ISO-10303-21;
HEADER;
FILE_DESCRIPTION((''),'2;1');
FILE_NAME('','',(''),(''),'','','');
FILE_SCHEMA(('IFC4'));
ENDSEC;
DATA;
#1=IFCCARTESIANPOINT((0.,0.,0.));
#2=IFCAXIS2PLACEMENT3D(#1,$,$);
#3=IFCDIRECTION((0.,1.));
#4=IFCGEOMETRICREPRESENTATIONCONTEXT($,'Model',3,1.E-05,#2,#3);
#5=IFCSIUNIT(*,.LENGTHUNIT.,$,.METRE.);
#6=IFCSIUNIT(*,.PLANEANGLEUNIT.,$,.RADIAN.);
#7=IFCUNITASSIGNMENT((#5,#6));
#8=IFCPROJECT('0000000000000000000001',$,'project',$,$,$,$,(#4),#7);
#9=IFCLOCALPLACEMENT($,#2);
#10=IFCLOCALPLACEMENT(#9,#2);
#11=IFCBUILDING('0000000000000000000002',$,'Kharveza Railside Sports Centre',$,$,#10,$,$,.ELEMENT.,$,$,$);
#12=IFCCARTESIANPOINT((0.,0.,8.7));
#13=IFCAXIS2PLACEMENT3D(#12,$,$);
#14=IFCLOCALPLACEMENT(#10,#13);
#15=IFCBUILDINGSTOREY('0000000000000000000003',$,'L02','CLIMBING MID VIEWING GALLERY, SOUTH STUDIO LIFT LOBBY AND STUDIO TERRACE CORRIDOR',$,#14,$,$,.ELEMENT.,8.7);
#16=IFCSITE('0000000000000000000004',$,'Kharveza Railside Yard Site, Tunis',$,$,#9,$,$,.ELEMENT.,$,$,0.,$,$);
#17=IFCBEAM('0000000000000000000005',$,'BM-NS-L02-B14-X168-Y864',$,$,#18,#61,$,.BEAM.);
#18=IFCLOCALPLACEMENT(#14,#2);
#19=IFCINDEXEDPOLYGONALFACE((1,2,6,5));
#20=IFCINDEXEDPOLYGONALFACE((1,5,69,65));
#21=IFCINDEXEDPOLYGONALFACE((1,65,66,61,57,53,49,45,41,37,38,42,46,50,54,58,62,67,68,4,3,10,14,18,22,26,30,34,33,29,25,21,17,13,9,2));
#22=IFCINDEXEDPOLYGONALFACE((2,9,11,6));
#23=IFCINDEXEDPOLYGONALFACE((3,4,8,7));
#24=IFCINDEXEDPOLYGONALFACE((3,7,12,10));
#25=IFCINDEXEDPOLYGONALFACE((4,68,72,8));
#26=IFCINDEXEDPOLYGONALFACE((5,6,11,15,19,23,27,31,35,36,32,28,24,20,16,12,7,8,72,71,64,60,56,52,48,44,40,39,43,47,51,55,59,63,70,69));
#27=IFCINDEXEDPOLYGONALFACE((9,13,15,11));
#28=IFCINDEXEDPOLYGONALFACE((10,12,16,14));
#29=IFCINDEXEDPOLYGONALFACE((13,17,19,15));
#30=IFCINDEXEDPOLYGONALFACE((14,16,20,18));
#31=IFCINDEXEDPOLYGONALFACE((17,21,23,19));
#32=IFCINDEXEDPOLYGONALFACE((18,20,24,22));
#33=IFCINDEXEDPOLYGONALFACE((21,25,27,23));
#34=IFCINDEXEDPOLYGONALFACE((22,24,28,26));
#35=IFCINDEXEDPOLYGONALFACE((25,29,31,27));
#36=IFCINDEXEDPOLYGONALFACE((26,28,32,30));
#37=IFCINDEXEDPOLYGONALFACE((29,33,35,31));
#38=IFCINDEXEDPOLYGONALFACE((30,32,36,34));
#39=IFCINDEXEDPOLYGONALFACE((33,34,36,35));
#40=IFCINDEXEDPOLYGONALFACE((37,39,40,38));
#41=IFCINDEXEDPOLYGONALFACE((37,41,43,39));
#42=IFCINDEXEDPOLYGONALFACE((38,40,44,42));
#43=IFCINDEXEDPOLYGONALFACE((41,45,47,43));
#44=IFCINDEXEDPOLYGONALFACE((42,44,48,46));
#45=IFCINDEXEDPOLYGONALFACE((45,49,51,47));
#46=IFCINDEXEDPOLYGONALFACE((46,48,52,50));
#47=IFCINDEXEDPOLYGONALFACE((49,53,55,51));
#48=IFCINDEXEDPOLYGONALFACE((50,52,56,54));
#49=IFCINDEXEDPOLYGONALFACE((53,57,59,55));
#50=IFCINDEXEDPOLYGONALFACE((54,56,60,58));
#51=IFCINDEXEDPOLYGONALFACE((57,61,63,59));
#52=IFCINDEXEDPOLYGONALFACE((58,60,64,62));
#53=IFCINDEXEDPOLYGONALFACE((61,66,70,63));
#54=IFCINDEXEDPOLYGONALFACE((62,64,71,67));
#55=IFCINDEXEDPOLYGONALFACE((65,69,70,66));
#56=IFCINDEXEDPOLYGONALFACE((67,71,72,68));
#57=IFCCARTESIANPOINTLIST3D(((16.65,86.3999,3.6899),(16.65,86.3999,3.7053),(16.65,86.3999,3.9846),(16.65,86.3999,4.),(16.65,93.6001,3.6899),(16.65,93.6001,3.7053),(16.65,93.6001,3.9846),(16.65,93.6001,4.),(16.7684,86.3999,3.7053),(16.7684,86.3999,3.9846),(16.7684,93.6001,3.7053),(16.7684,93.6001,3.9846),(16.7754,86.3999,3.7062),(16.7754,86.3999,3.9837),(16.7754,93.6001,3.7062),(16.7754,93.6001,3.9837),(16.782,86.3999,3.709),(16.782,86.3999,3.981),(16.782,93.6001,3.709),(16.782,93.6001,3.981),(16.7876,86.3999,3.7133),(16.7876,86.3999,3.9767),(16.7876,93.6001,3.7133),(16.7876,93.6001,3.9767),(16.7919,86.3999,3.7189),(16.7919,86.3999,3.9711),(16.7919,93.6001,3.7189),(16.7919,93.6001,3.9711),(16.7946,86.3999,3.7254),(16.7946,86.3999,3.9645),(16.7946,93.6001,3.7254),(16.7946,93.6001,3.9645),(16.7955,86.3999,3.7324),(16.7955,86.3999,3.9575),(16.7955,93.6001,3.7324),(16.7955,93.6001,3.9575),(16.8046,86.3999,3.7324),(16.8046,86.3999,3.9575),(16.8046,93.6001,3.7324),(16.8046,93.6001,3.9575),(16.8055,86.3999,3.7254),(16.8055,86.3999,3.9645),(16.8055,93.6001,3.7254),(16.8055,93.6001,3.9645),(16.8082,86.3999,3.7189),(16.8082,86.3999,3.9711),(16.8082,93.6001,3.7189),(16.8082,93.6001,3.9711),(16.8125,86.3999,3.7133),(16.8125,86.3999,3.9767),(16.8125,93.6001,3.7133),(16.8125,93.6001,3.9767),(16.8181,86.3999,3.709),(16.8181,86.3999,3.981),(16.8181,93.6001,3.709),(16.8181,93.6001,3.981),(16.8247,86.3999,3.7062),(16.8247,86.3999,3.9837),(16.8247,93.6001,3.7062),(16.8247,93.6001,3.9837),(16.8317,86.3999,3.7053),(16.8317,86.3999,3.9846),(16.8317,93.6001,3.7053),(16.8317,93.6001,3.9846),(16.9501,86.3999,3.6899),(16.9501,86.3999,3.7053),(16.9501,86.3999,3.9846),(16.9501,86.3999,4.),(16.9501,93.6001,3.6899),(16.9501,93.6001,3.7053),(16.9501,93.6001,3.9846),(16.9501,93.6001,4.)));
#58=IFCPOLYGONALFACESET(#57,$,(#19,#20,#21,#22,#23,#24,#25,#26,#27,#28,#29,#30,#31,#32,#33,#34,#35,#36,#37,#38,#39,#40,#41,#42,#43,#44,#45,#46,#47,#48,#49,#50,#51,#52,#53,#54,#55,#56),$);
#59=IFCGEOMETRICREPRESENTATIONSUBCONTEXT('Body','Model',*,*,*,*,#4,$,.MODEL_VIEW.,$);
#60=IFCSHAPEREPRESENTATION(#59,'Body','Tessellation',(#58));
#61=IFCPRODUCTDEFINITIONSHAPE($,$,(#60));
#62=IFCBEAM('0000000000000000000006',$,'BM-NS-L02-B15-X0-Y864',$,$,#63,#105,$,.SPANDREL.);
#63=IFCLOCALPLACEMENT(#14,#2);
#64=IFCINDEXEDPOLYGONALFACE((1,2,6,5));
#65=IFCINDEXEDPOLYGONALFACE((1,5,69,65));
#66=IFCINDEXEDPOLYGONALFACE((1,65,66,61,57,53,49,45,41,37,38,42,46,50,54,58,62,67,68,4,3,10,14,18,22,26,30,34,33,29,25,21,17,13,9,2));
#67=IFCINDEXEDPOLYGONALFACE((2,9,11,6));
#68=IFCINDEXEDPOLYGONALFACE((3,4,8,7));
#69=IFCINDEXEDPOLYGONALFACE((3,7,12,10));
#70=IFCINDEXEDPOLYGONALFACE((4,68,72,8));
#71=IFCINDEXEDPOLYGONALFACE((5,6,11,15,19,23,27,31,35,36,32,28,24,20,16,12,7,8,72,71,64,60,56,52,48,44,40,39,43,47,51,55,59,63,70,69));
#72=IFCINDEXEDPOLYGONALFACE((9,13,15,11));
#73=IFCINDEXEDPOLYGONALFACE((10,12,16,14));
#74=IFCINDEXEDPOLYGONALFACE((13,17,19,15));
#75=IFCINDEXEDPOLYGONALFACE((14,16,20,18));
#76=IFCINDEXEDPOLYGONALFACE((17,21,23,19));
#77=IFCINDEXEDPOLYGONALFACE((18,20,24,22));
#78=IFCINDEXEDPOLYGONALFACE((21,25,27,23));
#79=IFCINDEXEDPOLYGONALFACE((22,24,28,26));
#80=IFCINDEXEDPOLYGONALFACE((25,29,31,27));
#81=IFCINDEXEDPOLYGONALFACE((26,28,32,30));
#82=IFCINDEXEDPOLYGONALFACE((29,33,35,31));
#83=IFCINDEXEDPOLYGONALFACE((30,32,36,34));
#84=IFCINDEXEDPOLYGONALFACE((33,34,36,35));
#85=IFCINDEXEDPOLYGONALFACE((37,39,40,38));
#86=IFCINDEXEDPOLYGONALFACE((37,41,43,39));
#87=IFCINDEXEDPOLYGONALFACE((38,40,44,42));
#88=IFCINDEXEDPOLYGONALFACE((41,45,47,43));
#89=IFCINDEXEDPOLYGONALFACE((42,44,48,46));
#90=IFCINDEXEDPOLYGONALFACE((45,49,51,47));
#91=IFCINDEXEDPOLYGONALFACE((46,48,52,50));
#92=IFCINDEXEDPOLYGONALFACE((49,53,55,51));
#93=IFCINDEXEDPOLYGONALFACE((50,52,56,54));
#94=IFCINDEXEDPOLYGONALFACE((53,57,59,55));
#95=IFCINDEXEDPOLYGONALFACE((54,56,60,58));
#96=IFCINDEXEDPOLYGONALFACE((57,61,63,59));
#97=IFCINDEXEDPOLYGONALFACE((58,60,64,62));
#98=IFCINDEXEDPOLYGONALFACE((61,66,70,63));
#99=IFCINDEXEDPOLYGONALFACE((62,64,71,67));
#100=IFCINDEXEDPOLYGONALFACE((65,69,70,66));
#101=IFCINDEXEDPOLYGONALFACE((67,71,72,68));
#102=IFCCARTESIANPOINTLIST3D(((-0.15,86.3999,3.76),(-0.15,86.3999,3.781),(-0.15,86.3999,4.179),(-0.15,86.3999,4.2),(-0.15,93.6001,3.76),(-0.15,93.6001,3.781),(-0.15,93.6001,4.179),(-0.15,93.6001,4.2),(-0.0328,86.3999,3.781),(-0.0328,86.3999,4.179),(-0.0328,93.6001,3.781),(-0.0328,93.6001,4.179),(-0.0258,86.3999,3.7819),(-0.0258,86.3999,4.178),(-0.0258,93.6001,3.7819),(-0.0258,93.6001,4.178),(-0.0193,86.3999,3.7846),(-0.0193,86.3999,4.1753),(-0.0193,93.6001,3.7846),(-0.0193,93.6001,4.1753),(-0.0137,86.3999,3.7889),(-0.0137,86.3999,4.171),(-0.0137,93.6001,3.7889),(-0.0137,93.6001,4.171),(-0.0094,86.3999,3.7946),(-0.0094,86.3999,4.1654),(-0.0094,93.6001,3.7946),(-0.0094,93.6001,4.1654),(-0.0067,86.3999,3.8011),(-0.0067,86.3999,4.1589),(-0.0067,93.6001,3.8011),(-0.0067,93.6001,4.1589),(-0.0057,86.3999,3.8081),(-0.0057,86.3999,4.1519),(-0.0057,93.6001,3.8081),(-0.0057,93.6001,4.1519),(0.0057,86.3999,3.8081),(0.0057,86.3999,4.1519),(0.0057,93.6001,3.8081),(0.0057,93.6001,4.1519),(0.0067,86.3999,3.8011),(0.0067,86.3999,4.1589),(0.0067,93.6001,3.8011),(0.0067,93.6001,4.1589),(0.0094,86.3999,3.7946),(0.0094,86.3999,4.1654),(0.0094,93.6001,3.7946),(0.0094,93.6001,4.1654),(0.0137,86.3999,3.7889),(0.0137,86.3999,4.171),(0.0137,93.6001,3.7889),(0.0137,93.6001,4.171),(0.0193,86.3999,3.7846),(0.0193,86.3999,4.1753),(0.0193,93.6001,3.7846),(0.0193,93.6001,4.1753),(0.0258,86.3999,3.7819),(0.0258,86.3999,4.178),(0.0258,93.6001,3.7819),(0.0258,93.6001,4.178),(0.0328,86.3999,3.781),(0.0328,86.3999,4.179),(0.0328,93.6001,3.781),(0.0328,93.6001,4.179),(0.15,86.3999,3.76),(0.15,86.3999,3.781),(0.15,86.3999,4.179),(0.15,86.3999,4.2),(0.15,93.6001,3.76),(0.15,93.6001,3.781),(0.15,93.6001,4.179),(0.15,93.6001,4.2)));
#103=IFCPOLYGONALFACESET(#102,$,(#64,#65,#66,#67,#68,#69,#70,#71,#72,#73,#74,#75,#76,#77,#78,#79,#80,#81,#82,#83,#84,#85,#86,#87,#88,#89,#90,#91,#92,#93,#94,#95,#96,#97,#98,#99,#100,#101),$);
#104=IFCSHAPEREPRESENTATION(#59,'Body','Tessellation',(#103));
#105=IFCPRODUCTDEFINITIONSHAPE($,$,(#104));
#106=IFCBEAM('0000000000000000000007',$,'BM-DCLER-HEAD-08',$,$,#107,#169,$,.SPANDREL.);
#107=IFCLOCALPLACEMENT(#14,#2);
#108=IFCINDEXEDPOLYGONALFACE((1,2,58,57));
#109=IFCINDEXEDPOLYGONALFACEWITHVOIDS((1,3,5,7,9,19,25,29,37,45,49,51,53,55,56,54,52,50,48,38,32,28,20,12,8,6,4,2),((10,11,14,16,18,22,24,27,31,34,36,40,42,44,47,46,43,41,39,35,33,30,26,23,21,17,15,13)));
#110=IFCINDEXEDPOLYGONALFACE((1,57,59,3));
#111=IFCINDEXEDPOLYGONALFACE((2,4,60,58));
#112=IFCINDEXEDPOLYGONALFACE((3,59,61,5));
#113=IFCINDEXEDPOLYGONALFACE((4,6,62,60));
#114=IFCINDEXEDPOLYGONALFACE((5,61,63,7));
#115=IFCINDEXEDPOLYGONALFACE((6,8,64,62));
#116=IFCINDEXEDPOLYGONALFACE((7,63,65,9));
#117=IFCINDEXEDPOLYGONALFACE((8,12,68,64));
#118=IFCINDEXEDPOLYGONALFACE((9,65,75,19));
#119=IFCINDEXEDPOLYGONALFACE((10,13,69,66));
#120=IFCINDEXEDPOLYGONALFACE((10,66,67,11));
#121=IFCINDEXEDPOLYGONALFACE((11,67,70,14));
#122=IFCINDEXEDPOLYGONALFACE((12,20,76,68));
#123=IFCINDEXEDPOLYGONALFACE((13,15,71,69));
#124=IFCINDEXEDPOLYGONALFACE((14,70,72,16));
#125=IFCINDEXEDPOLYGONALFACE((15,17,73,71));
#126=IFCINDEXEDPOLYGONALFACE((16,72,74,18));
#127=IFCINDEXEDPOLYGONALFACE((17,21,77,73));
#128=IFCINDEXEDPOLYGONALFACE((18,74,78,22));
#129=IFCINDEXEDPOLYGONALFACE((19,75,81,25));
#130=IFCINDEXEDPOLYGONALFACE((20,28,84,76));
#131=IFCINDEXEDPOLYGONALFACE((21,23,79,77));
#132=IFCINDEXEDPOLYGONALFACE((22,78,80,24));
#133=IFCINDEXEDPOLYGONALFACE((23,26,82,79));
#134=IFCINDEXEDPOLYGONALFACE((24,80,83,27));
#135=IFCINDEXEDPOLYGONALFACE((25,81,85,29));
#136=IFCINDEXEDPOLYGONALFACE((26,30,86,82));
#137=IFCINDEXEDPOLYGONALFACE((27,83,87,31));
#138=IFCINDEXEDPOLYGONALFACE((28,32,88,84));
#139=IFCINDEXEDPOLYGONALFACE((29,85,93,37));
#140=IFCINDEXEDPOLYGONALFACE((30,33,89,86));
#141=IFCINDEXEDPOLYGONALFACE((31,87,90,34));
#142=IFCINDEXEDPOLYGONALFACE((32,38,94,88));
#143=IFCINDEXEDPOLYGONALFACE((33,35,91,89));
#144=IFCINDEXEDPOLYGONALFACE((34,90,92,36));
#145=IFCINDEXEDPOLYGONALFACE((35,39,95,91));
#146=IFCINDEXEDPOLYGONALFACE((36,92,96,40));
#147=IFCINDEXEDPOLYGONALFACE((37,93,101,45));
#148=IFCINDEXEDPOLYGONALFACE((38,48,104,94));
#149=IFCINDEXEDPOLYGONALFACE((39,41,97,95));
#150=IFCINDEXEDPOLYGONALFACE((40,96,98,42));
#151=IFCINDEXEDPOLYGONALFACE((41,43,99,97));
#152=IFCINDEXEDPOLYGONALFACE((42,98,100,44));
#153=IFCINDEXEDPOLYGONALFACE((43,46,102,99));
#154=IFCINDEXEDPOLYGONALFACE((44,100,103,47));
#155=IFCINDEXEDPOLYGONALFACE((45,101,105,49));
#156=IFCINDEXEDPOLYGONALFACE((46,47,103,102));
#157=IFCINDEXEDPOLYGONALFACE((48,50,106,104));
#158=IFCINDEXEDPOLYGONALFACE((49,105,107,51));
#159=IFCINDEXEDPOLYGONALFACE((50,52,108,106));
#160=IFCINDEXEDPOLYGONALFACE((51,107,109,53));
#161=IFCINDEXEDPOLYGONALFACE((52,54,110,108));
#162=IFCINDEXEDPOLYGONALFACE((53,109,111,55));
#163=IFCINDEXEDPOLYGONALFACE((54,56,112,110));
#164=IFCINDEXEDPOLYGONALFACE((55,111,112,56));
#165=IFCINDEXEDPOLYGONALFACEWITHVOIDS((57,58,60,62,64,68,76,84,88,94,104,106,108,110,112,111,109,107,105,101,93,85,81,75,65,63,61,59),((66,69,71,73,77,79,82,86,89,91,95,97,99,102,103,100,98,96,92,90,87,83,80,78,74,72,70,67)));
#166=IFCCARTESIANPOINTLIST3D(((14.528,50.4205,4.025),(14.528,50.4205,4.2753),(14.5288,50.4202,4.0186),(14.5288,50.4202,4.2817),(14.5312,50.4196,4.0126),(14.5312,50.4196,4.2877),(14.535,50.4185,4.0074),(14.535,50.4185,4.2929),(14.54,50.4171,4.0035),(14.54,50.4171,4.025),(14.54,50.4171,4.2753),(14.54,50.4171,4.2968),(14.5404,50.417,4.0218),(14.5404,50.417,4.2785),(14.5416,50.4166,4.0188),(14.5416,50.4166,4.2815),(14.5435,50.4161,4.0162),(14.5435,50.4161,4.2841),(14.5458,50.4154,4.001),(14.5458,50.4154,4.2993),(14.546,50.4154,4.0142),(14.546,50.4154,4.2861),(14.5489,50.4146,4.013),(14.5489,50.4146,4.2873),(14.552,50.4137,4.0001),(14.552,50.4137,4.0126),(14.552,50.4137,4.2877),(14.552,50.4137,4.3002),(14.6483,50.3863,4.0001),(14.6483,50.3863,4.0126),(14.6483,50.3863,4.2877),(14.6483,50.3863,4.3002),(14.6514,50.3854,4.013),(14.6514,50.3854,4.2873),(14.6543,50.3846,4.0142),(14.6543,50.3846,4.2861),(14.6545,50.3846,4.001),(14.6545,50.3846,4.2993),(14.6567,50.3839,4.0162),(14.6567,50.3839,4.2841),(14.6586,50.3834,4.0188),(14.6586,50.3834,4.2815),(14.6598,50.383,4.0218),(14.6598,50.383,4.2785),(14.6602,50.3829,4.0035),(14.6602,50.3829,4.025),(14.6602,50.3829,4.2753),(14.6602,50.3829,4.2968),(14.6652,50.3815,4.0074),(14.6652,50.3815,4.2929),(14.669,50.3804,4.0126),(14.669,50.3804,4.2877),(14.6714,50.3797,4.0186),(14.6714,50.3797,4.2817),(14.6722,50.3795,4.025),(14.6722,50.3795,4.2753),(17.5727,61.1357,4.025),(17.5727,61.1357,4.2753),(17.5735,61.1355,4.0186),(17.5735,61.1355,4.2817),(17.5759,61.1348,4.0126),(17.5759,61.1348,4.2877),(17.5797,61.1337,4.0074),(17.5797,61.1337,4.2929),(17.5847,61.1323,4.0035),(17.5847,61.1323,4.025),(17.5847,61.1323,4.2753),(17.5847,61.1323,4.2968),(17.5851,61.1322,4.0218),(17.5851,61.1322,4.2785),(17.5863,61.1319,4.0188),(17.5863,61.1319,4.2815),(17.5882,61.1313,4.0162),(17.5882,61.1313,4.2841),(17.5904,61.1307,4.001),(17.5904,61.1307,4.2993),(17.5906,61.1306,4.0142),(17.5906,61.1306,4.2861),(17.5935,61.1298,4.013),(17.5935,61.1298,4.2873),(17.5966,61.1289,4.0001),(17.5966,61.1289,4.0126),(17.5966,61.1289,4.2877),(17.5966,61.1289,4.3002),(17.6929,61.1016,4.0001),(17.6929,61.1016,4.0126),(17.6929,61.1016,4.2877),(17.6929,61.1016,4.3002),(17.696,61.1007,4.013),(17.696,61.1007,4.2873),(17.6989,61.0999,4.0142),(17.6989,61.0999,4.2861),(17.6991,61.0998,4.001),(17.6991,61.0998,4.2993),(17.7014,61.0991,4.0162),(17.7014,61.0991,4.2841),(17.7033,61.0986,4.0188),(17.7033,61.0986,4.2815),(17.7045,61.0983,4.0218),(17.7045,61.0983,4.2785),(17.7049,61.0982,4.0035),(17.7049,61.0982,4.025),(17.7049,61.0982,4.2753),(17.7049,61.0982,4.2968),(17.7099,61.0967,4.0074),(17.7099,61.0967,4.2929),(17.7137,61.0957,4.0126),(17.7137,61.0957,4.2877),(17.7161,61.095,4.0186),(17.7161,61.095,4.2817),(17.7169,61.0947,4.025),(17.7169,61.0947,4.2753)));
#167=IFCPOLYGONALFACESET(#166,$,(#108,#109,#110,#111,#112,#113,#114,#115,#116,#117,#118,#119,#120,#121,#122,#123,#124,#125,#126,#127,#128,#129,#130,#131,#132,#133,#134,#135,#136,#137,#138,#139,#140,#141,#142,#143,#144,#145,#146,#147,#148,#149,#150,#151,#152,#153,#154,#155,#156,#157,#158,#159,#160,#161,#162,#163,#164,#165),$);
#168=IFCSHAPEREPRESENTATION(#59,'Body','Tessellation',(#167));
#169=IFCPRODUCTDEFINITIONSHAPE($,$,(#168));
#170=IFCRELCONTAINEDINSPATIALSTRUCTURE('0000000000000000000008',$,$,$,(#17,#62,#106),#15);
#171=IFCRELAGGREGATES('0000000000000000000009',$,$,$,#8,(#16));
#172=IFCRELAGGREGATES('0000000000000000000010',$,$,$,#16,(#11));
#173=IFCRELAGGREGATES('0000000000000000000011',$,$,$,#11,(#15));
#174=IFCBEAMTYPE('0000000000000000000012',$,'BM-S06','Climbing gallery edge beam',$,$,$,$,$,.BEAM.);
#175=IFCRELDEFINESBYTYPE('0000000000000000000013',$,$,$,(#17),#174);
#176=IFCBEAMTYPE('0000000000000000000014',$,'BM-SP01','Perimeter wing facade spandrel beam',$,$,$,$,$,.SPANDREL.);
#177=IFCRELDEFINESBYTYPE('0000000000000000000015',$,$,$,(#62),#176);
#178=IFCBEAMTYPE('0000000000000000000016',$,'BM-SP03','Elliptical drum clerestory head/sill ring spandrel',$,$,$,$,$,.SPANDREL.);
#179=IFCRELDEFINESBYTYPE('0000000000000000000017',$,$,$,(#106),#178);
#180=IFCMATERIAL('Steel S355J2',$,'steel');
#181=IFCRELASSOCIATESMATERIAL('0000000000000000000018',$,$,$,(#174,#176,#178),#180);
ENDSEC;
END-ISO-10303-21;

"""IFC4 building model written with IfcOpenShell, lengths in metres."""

from ifc_helpers import new_model, si_unit, direction, frame, origin, origin_2d, place, context, subcontext, project, spatial, hollow_rectangle, i_section, extrude, material, material_profile, profile_set, type_object, element, save


model = new_model("IFC4")

# Units and contexts
model_context = context("Model", 3, precision=1e-05, world=origin(), true_north=direction((0.0, 1.0)))
body_context = subcontext(model_context, "Body", "Model", "MODEL_VIEW")
ifc_project = project(units=[si_unit("LENGTHUNIT", "METRE"), si_unit("PLANEANGLEUNIT", "RADIAN")], contexts=[model_context])

# Site, building, storey
site_placement = place(None, origin())
site = spatial("IfcSite", under=ifc_project, at=site_placement, Name="Kharveza Railside Yard Site, Tunis", CompositionType="ELEMENT", RefElevation=0.0)
building_placement = place(site_placement, origin())
building = spatial("IfcBuilding", under=site, at=building_placement, Name="Kharveza Railside Sports Centre", CompositionType="ELEMENT")
storey_placement = place(building_placement, frame((0.0, 0.0, 8.7)))
storey = spatial("IfcBuildingStorey", under=building, at=storey_placement, Name="L02", Description="CLIMBING MID VIEWING GALLERY, SOUTH STUDIO LIFT LOBBY AND STUDIO TERRACE CORRIDOR", CompositionType="ELEMENT", Elevation=8.7)

# Shared definitions
ifc_material_1 = material(Name="Steel S355J2", Category="steel")

# Beams
ifc_material_profile_1 = material_profile(ifc_material_1, i_section(OverallWidth=0.3, OverallDepth=0.3101, WebThickness=0.009, FlangeThickness=0.0154, FilletRadius=0.0271, at=origin_2d()), Name="HEA 320")
ifc_profile_set_1 = profile_set([ifc_material_profile_1], Name="Steel S355J2")
beam_type_1 = type_object("IfcBeamType", Name="BM-S06", Description="Climbing gallery edge beam", PredefinedType="BEAM", material=ifc_profile_set_1)
beam_1_placement = place(storey_placement, frame((16.8, 86.3999, 3.845), z_axis=(0.0, 1.0, 0.0), x_axis=(-1.0, 0.0, 0.0)))
element("IfcBeam", 1, at=beam_1_placement, inside=storey, type_object=beam_type_1, Name="BM-NS-L02-B14-X168-Y864", PredefinedType="BEAM", context=body_context, shape_type="SweptSolid", body=[
    extrude(i_section(OverallWidth=0.3, OverallDepth=0.3101, WebThickness=0.009, FlangeThickness=0.0154, FilletRadius=0.0271, at=origin_2d()), origin(), (0.0, 0.0, 1.0), 7.2002),
])
ifc_material_profile_2 = material_profile(ifc_material_1, i_section(OverallWidth=0.3, OverallDepth=0.4399, WebThickness=0.0115, FlangeThickness=0.021, FilletRadius=0.0271, at=origin_2d()), Name="HEA 450")
ifc_profile_set_2 = profile_set([ifc_material_profile_2], Name="Steel S355J2")
beam_type_2 = type_object("IfcBeamType", Name="BM-SP01", Description="Perimeter wing facade spandrel beam", PredefinedType="SPANDREL", material=ifc_profile_set_2)
beam_2_placement = place(storey_placement, frame((0.0, 86.3999, 3.98), z_axis=(0.0, 1.0, 0.0), x_axis=(-1.0, 0.0, 0.0)))
element("IfcBeam", 2, at=beam_2_placement, inside=storey, type_object=beam_type_2, Name="BM-NS-L02-B15-X0-Y864", PredefinedType="SPANDREL", context=body_context, shape_type="SweptSolid", body=[
    extrude(i_section(OverallWidth=0.3, OverallDepth=0.4399, WebThickness=0.0115, FlangeThickness=0.021, FilletRadius=0.0271, at=origin_2d()), origin(), (0.0, 0.0, 1.0), 7.2002),
])
ifc_material_profile_3 = material_profile(ifc_material_1, hollow_rectangle(XDim=0.1499, YDim=0.3, WallThickness=0.0125, InnerFilletRadius=0.0125, OuterFilletRadius=0.0249, at=origin_2d()), Name="RHS 150x300x12.5")
ifc_profile_set_3 = profile_set([ifc_material_profile_3], Name="Steel S355J2")
beam_type_3 = type_object("IfcBeamType", Name="BM-SP03", Description="Elliptical drum clerestory head/sill ring spandrel", PredefinedType="SPANDREL", material=ifc_profile_set_3)
beam_3_placement = place(storey_placement, frame((17.6448, 61.1152, 4.1501), z_axis=(-0.273323, -0.961922, 0.0), x_axis=(0.961922, -0.273323, 0.0)))
element("IfcBeam", 3, at=beam_3_placement, inside=storey, type_object=beam_type_3, Name="BM-DCLER-HEAD-08", PredefinedType="SPANDREL", context=body_context, shape_type="SweptSolid", body=[
    extrude(hollow_rectangle(XDim=0.1499, YDim=0.3, WallThickness=0.0125, InnerFilletRadius=0.0125, OuterFilletRadius=0.0249, at=origin_2d()), origin(), (0.0, 0.0, 1.0), 11.1394),
])

save(model, "model.ifc")
